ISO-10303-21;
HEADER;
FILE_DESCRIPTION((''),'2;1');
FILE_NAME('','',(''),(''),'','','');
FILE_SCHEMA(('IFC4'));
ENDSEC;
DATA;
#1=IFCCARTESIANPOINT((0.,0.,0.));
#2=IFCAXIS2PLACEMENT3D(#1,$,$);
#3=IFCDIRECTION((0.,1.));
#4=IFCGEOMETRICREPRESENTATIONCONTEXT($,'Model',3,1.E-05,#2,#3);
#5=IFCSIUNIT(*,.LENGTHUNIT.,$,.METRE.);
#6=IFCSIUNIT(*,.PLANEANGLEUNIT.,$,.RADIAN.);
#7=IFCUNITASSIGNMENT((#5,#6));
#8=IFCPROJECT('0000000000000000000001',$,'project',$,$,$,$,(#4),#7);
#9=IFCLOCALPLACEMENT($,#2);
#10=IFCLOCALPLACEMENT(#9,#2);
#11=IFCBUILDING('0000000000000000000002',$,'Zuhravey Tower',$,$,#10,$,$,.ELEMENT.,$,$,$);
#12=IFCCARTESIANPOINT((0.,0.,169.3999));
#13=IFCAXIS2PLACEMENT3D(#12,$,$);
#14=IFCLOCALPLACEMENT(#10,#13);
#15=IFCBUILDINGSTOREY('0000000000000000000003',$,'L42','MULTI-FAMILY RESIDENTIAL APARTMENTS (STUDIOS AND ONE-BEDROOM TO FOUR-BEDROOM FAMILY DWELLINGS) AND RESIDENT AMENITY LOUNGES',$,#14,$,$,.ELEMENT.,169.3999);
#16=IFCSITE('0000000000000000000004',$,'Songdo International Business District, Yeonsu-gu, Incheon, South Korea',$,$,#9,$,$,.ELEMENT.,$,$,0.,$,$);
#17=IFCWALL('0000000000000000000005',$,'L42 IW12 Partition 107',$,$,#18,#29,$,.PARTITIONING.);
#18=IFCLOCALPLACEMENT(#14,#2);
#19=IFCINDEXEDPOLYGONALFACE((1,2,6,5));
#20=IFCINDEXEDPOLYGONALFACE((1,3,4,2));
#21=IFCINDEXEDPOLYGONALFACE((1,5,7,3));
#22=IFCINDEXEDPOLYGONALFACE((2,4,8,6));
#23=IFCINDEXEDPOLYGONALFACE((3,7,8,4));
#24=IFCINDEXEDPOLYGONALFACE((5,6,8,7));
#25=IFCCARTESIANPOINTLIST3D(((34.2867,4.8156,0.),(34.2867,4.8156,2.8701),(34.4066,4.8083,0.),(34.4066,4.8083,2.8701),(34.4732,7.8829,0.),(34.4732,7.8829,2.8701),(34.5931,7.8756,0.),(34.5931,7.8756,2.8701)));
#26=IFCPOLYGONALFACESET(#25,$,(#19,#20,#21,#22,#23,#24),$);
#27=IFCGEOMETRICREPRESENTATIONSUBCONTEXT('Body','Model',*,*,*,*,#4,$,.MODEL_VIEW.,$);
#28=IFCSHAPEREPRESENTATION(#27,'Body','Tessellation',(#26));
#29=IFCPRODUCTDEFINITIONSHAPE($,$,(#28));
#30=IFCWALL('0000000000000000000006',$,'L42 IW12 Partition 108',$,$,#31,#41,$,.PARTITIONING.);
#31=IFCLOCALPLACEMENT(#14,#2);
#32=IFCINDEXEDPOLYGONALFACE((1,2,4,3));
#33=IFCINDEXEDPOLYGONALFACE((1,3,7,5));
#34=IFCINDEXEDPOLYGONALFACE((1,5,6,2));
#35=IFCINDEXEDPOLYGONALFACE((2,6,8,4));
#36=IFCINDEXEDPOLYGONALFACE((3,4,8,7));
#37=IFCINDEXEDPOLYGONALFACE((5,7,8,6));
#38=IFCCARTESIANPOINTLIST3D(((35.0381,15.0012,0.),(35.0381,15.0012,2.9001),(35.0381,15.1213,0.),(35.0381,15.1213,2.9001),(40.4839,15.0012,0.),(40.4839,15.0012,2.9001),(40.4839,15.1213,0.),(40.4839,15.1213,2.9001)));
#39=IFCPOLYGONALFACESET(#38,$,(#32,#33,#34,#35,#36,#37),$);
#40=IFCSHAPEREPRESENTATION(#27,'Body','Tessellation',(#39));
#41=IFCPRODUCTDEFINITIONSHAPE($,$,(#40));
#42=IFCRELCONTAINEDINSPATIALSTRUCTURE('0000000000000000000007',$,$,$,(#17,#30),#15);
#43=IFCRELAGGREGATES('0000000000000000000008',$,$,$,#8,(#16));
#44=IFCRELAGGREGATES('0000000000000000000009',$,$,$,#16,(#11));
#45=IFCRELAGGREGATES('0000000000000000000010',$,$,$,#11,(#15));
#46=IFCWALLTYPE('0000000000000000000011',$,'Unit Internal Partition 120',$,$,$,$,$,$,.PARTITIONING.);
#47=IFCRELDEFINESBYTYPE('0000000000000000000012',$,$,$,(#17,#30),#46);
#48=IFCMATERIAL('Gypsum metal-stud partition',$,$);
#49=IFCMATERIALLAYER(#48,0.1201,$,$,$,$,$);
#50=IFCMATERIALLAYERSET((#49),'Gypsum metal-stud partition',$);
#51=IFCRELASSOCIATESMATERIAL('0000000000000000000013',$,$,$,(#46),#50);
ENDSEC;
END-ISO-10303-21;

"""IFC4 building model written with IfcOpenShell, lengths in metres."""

from ifc_helpers import new_model, si_unit, direction, frame, frame_2d, origin, place, context, subcontext, project, spatial, rectangle, extrude, material, layer, layer_set, type_object, element, save


model = new_model("IFC4")

# Units and contexts
model_context = context("Model", 3, precision=1e-05, world=origin(), true_north=direction((0.0, 1.0)))
body_context = subcontext(model_context, "Body", "Model", "MODEL_VIEW")
ifc_project = project(units=[si_unit("LENGTHUNIT", "METRE"), si_unit("PLANEANGLEUNIT", "RADIAN")], contexts=[model_context])

# Site, building, storey
site_placement = place(None, origin())
site = spatial("IfcSite", under=ifc_project, at=site_placement, Name="Songdo International Business District, Yeonsu-gu, Incheon, South Korea", CompositionType="ELEMENT", RefElevation=0.0)
building_placement = place(site_placement, origin())
building = spatial("IfcBuilding", under=site, at=building_placement, Name="Zuhravey Tower", CompositionType="ELEMENT")
storey_placement = place(building_placement, frame((0.0, 0.0, 169.3999)))
storey = spatial("IfcBuildingStorey", under=building, at=storey_placement, Name="L42", Description="MULTI-FAMILY RESIDENTIAL APARTMENTS (STUDIOS AND ONE-BEDROOM TO FOUR-BEDROOM FAMILY DWELLINGS) AND RESIDENT AMENITY LOUNGES", CompositionType="ELEMENT", Elevation=169.3999)

# Shared definitions
ifc_material_1 = material(Name="Gypsum metal-stud partition")
ifc_layer_1 = layer(ifc_material_1, 0.1201)
ifc_layer_set_1 = layer_set([ifc_layer_1], Name="Gypsum metal-stud partition")
wall_type_1 = type_object("IfcWallType", Name="Unit Internal Partition 120", PredefinedType="PARTITIONING", material=ifc_layer_set_1)

# Walls
wall_1_placement = place(storey_placement, frame((34.5332, 7.8794, 0.0), z_axis=(0.0, 0.0, 1.0), x_axis=(-0.060697, -0.998156, 0.0)))
element("IfcWall", 1, at=wall_1_placement, inside=storey, type_object=wall_type_1, Name="L42 IW12 Partition 107", PredefinedType="PARTITIONING", context=body_context, shape_type="SweptSolid", body=[
    extrude(rectangle(XDim=3.073, YDim=0.1201, at=frame_2d((1.5366, 0.0))), origin(), (0.0, 0.0, 1.0), 2.8701),
])
wall_2_placement = place(storey_placement, frame((35.0381, 15.0613, 0.0), z_axis=(0.0, 0.0, 1.0), x_axis=(1.0, 0.0, 0.0)))
element("IfcWall", 2, at=wall_2_placement, inside=storey, type_object=wall_type_1, Name="L42 IW12 Partition 108", PredefinedType="PARTITIONING", context=body_context, shape_type="SweptSolid", body=[
    extrude(rectangle(XDim=5.4458, YDim=0.1201, at=frame_2d((2.7229, 0.0))), origin(), (0.0, 0.0, 1.0), 2.9001),
])

save(model, "model.ifc")
